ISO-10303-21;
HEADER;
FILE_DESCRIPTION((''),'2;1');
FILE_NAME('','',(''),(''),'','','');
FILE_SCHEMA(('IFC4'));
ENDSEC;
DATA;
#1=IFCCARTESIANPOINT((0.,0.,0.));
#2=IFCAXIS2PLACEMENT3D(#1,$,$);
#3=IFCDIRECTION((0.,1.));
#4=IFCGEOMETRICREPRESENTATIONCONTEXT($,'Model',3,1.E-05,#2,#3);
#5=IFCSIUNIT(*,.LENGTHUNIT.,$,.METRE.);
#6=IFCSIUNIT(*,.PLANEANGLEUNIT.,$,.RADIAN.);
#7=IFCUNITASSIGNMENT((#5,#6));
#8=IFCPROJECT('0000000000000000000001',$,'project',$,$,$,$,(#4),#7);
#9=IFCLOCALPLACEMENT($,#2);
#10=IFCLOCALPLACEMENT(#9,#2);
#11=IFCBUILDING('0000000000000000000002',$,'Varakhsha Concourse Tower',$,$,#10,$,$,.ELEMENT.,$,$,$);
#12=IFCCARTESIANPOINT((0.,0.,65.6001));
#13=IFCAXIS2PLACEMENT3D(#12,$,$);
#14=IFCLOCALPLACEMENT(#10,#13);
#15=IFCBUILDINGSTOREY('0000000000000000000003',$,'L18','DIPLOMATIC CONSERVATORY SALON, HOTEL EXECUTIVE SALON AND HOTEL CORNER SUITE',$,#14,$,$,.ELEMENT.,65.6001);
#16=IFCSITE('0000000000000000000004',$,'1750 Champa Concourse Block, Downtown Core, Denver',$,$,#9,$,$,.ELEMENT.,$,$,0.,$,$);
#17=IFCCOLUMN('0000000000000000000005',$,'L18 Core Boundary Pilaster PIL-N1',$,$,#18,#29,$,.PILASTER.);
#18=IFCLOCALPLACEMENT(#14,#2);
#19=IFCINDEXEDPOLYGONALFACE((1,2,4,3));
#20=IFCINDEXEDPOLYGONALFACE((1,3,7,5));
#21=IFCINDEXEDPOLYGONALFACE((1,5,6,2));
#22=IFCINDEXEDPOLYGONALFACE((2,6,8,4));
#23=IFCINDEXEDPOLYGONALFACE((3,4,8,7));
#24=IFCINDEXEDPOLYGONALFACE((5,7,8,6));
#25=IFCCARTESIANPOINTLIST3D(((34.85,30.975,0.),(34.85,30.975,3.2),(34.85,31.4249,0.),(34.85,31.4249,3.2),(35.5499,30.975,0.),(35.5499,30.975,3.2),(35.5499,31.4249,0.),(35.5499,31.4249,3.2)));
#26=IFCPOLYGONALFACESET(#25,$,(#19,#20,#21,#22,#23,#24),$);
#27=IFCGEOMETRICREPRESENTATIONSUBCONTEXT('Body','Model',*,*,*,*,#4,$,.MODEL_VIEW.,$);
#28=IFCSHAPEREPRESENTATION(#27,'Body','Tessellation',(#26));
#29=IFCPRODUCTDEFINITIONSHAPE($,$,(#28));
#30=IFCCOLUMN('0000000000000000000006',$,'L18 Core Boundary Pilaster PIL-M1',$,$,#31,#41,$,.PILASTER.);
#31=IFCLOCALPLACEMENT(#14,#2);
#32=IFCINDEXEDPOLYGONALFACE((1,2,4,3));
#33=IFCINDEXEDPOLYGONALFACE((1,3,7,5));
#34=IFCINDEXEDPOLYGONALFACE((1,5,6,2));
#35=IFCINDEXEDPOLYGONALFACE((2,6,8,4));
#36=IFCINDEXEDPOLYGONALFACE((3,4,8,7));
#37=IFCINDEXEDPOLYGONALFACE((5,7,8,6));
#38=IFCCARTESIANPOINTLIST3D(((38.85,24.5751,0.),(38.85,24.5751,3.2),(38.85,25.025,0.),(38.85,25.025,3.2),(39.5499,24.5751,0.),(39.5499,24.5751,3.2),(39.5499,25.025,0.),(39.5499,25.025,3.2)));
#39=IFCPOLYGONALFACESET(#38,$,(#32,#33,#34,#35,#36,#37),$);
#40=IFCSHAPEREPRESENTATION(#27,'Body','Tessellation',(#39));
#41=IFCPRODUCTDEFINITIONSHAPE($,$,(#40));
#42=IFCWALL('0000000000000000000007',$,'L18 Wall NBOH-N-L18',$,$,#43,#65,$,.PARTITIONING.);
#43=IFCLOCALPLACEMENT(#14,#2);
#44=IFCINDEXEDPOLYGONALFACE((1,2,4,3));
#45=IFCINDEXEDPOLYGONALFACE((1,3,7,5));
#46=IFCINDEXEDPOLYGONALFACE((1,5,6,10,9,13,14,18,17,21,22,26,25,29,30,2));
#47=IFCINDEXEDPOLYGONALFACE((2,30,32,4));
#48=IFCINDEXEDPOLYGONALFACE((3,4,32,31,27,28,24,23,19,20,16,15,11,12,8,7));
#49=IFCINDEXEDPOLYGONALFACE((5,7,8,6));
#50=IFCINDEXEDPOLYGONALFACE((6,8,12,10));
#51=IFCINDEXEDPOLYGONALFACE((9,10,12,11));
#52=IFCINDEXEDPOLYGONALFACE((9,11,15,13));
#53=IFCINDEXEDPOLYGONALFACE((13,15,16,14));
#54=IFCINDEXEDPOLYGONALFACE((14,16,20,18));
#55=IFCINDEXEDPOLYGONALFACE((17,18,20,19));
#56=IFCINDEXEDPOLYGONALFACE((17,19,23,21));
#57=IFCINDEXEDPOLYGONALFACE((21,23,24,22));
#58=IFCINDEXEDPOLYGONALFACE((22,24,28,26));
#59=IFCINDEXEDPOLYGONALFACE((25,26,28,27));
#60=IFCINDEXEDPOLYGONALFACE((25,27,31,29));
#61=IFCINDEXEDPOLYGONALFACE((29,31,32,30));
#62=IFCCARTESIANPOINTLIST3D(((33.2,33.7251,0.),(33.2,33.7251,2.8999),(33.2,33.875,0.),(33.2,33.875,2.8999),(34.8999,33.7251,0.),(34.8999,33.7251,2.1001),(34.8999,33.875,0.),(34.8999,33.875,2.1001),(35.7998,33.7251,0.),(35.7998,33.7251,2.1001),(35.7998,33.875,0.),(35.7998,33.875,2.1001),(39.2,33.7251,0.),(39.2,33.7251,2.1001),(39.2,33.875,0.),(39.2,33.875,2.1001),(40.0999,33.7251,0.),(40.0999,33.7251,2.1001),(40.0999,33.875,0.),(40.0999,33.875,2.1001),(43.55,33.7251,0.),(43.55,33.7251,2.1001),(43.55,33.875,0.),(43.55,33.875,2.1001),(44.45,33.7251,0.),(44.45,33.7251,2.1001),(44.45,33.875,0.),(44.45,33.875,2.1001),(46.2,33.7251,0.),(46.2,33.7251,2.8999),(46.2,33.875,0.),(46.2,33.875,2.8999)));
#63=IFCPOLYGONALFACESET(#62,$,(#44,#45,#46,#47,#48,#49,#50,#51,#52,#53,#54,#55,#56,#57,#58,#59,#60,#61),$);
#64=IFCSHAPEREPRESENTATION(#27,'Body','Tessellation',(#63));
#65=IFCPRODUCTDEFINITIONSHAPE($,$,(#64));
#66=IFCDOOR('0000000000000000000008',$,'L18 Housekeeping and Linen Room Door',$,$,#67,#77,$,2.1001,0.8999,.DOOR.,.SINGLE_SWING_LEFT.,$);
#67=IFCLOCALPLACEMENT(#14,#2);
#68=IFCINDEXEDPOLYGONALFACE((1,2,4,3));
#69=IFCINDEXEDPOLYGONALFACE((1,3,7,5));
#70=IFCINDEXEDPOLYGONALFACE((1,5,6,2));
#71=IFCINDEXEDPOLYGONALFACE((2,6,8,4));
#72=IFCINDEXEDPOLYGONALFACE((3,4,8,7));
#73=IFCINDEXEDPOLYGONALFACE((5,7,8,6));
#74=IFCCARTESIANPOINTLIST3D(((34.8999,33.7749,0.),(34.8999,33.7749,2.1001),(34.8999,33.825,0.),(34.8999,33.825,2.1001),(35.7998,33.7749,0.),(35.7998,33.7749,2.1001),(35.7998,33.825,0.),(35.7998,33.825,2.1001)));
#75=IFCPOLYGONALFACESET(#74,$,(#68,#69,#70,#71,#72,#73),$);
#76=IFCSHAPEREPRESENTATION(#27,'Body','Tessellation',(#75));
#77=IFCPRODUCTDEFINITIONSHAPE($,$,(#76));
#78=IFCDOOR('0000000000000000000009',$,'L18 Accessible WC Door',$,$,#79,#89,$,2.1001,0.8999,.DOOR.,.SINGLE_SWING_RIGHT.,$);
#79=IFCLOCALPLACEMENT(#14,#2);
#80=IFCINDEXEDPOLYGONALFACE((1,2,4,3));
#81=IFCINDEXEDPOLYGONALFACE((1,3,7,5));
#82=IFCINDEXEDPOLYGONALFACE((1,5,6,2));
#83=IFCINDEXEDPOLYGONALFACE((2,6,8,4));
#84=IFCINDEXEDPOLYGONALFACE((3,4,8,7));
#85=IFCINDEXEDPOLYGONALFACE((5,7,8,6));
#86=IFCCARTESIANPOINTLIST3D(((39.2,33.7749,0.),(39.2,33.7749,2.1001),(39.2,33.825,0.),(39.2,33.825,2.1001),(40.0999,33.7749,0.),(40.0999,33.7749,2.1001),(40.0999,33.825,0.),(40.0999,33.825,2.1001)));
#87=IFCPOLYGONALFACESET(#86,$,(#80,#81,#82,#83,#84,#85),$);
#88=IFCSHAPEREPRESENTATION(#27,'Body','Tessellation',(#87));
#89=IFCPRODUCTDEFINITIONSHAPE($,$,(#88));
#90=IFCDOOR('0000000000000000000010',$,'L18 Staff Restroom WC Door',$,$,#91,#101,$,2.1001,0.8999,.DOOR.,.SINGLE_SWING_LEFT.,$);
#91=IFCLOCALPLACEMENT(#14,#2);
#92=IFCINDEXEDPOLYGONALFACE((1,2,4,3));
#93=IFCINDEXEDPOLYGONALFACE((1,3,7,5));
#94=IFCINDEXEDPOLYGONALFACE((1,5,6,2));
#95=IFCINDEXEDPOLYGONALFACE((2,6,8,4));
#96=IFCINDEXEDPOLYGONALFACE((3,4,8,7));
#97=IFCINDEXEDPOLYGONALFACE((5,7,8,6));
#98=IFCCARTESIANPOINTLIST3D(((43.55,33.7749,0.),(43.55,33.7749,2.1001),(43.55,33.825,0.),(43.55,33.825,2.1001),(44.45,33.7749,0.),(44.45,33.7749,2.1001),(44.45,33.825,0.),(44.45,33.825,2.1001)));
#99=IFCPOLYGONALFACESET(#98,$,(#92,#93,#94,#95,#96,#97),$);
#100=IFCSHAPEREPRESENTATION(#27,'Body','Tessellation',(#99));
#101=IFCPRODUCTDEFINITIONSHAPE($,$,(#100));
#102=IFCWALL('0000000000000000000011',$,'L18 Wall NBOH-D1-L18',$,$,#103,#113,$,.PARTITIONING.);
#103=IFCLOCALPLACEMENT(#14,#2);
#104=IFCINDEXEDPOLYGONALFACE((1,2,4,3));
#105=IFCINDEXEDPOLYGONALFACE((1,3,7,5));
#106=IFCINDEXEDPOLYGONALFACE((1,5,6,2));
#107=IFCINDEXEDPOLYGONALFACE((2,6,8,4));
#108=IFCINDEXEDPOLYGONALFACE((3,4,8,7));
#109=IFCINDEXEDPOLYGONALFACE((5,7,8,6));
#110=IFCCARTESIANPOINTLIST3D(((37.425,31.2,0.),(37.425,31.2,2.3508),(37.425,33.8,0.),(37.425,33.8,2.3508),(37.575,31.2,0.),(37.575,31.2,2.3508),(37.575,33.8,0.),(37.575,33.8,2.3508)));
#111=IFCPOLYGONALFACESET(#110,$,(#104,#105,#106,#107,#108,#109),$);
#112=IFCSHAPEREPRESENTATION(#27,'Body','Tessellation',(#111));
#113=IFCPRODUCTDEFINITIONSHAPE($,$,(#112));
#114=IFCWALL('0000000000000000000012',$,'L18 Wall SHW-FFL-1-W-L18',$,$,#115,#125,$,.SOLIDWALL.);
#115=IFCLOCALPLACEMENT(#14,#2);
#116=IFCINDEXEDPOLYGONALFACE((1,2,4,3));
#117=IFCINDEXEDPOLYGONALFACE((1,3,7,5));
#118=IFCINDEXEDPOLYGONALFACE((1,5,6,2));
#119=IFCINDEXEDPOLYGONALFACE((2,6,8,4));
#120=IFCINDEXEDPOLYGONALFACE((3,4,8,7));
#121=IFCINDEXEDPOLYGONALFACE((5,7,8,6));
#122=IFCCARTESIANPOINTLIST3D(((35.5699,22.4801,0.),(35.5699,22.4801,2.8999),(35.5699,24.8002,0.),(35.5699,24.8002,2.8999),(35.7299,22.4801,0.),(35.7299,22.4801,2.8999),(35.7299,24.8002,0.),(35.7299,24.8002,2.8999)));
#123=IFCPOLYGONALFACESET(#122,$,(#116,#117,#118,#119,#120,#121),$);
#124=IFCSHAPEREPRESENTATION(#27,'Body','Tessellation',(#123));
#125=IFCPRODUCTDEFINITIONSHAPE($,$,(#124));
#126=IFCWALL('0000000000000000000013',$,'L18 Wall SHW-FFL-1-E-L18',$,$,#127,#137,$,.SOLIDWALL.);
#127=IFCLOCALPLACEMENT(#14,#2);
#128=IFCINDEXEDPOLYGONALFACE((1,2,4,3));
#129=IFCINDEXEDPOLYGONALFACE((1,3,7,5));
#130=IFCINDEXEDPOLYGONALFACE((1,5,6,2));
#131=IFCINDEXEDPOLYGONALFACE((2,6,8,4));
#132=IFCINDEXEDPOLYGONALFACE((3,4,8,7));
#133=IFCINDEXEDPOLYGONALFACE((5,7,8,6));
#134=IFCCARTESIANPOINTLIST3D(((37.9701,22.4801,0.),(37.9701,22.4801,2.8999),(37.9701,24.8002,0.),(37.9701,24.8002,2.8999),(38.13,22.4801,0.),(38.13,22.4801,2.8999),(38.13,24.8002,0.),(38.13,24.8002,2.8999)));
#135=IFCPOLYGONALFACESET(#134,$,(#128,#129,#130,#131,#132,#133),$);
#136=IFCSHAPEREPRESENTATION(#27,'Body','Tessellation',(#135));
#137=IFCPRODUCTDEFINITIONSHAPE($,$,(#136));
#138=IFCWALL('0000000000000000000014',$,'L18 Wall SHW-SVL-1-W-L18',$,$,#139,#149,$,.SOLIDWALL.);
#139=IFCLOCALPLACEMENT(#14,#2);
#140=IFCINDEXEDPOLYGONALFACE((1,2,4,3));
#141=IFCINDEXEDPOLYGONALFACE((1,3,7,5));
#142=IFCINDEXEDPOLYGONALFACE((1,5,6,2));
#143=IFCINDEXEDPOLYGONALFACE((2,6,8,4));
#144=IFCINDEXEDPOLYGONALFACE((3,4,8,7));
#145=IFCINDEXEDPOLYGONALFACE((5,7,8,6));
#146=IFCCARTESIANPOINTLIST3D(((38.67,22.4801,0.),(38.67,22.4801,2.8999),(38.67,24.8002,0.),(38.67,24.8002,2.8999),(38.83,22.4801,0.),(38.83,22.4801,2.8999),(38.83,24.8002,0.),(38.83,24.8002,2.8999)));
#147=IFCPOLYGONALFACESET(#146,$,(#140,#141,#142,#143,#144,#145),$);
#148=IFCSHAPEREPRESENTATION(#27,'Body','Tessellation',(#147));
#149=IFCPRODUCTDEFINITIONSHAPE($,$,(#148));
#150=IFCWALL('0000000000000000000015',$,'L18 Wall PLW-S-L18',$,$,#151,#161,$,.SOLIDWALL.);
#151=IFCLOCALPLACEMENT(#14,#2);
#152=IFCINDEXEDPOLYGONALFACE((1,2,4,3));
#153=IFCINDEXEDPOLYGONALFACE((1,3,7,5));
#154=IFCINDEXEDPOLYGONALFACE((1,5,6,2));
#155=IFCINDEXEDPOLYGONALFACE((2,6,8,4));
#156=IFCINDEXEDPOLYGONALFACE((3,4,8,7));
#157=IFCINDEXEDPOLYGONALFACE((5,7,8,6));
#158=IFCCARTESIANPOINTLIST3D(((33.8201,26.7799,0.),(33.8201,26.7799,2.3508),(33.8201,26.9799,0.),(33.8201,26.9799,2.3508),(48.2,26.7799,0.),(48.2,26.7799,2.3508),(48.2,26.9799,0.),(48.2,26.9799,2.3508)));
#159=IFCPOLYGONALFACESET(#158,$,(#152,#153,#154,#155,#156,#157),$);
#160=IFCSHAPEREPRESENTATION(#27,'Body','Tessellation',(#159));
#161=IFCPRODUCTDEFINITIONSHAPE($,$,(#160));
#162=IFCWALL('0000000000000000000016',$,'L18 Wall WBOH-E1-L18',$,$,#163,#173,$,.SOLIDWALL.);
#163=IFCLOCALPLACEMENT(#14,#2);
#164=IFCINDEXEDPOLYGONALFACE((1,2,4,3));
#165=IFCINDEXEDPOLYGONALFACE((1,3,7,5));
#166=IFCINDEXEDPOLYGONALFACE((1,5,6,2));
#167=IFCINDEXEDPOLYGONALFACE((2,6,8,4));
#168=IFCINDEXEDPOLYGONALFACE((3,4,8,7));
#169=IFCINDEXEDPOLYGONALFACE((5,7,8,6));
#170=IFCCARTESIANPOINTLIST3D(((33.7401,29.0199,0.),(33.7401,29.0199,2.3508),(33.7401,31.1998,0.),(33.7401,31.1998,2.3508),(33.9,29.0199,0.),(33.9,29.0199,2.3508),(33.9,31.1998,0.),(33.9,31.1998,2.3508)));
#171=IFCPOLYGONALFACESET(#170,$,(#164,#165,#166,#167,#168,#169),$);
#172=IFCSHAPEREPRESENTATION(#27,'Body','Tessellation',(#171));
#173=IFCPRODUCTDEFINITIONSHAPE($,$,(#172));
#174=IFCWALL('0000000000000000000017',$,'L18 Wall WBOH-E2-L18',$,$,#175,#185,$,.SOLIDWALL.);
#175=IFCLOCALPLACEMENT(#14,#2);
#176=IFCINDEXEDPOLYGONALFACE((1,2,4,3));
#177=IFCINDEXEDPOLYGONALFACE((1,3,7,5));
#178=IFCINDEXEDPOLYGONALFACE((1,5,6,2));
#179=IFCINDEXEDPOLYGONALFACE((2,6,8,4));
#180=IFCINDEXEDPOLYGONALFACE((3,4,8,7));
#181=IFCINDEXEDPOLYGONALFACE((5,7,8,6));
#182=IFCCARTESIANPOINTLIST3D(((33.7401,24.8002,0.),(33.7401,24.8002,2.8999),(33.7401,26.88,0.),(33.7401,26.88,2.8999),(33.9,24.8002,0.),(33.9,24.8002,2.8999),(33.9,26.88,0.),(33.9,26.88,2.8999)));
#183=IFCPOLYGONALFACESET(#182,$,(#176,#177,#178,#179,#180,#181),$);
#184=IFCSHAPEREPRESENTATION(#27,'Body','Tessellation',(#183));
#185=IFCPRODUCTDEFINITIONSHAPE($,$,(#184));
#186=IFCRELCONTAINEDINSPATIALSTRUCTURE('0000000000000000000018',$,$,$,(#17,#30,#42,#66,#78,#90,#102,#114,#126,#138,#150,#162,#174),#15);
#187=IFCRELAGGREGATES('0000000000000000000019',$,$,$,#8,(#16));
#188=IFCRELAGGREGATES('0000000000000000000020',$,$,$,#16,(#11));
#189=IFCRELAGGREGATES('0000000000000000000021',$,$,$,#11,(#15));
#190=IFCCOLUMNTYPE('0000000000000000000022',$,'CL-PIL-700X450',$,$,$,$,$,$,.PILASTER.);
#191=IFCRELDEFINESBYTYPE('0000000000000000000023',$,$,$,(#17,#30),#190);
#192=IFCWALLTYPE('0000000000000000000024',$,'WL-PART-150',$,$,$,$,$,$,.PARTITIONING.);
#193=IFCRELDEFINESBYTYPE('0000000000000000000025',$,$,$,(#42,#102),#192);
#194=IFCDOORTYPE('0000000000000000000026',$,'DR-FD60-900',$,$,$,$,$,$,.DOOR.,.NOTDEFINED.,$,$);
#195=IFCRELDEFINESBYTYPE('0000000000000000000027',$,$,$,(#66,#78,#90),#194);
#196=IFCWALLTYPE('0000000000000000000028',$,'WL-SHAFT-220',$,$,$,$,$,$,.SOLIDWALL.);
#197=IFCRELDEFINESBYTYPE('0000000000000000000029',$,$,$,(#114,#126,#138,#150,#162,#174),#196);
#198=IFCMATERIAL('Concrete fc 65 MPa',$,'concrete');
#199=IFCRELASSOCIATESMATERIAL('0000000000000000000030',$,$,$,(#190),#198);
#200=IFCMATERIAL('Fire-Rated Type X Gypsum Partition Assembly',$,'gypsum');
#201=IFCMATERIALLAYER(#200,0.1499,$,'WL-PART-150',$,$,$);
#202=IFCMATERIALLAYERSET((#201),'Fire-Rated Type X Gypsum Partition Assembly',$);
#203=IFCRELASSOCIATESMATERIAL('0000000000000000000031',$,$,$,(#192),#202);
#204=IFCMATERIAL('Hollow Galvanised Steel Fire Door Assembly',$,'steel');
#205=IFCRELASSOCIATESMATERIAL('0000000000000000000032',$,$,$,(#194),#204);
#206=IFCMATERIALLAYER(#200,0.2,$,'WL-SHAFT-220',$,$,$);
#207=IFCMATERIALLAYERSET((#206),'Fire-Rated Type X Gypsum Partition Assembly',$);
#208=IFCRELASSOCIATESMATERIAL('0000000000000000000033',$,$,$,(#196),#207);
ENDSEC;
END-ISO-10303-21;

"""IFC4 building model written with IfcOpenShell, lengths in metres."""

from ifc_helpers import new_model, si_unit, direction, frame, frame_2d, origin, origin_2d, place, context, subcontext, project, spatial, rectangle, extrude, material, layer, layer_set, material_profile, profile_set, type_object, element, fill, save


model = new_model("IFC4")

# Units and contexts
model_context = context("Model", 3, precision=1e-05, world=origin(), true_north=direction((0.0, 1.0)))
body_context = subcontext(model_context, "Body", "Model", "MODEL_VIEW")
ifc_project = project(units=[si_unit("LENGTHUNIT", "METRE"), si_unit("PLANEANGLEUNIT", "RADIAN")], contexts=[model_context])

# Site, building, storey
site_placement = place(None, origin())
site = spatial("IfcSite", under=ifc_project, at=site_placement, Name="1750 Champa Concourse Block, Downtown Core, Denver", CompositionType="ELEMENT", RefElevation=0.0)
building_placement = place(site_placement, origin())
building = spatial("IfcBuilding", under=site, at=building_placement, Name="Varakhsha Concourse Tower", CompositionType="ELEMENT")
storey_placement = place(building_placement, frame((0.0, 0.0, 65.6001)))
storey = spatial("IfcBuildingStorey", under=building, at=storey_placement, Name="L18", Description="DIPLOMATIC CONSERVATORY SALON, HOTEL EXECUTIVE SALON AND HOTEL CORNER SUITE", CompositionType="ELEMENT", Elevation=65.6001)

# Columns
ifc_material_1 = material(Name="Concrete fc 65 MPa", Category="concrete")
ifc_material_profile = material_profile(ifc_material_1, rectangle(XDim=0.7, YDim=0.45, at=origin_2d()), Name="RC 700x450")
ifc_profile_set = profile_set([ifc_material_profile], Name="Concrete fc 65 MPa")
column_type = type_object("IfcColumnType", Name="CL-PIL-700X450", PredefinedType="PILASTER", material=ifc_profile_set)
for number, where, z_axis, x_axis, name in (
    (1, (35.2, 31.2, 0.0), (0.0, 0.0, 1.0), (1.0, 0.0, 0.0), "L18 Core Boundary Pilaster PIL-N1"),
    (2, (39.2, 24.8, 0.0), (0.0, 0.0, 1.0), (1.0, 0.0, 0.0), "L18 Core Boundary Pilaster PIL-M1"),
):
    element("IfcColumn", number, at=place(storey_placement, frame(where, z_axis=z_axis, x_axis=x_axis)), inside=storey, type_object=column_type, Name=name, PredefinedType="PILASTER", context=body_context, shape_type="SweptSolid", body=[
        extrude(rectangle(XDim=0.7, YDim=0.45, at=origin_2d()), origin(), (0.0, 0.0, 1.0), 3.2),
    ])

# Wall, openings, doors
ifc_material_2 = material(Name="Fire-Rated Type X Gypsum Partition Assembly", Category="gypsum")
ifc_layer_1 = layer(ifc_material_2, 0.1499, Name="WL-PART-150")
ifc_layer_set_1 = layer_set([ifc_layer_1], Name="Fire-Rated Type X Gypsum Partition Assembly")
wall_type_1 = type_object("IfcWallType", Name="WL-PART-150", PredefinedType="PARTITIONING", material=ifc_layer_set_1)
wall_1_placement = place(storey_placement, frame((33.2, 33.8, 0.0), z_axis=(0.0, 0.0, 1.0), x_axis=(1.0, 0.0, 0.0)))
wall_1 = element("IfcWall", 3, at=wall_1_placement, inside=storey, type_object=wall_type_1, Name="L18 Wall NBOH-N-L18", PredefinedType="PARTITIONING", context=body_context, shape_type="SweptSolid", body=[
    extrude(rectangle(XDim=13.0, YDim=0.1499, at=frame_2d((6.5, 0.0))), origin(), (0.0, 0.0, 1.0), 2.8999),
])
opening_1_placement = place(wall_1_placement, frame((1.7, 0.0, 0.0)))
opening_1 = element("IfcOpeningElement", 4, at=opening_1_placement, cuts=wall_1, PredefinedType="OPENING", context=body_context, shape_type="SweptSolid", body=[
    extrude(rectangle(XDim=0.8999, YDim=2.1001, at=frame_2d((0.45, 1.05))), frame((0.0, 0.085, 0.0), z_axis=(0.0, -1.0, 0.0), x_axis=(1.0, 0.0, 0.0)), (0.0, 0.0, 1.0), 0.1699),
])
opening_2_placement = place(wall_1_placement, frame((6.0, 0.0, 0.0)))
opening_2 = element("IfcOpeningElement", 5, at=opening_2_placement, cuts=wall_1, PredefinedType="OPENING", context=body_context, shape_type="SweptSolid", body=[
    extrude(rectangle(XDim=0.8999, YDim=2.1001, at=frame_2d((0.45, 1.05))), frame((0.0, 0.085, 0.0), z_axis=(0.0, -1.0, 0.0), x_axis=(1.0, 0.0, 0.0)), (0.0, 0.0, 1.0), 0.1699),
])
opening_3_placement = place(wall_1_placement, frame((10.3501, 0.0, 0.0)))
opening_3 = element("IfcOpeningElement", 6, at=opening_3_placement, cuts=wall_1, PredefinedType="OPENING", context=body_context, shape_type="SweptSolid", body=[
    extrude(rectangle(XDim=0.8999, YDim=2.1001, at=frame_2d((0.45, 1.05))), frame((0.0, 0.085, 0.0), z_axis=(0.0, -1.0, 0.0), x_axis=(1.0, 0.0, 0.0)), (0.0, 0.0, 1.0), 0.1699),
])
ifc_material_3 = material(Name="Hollow Galvanised Steel Fire Door Assembly", Category="steel")
door_type_1 = type_object("IfcDoorType", Name="DR-FD60-900", OperationType="NOTDEFINED", PredefinedType="DOOR", material=ifc_material_3)
door_1_placement = place(opening_1_placement, origin())
door_1 = element("IfcDoor", 7, at=door_1_placement, inside=storey, type_object=door_type_1, Name="L18 Housekeeping and Linen Room Door", OperationType="SINGLE_SWING_LEFT", OverallHeight=2.1001, OverallWidth=0.8999, PredefinedType="DOOR", context=body_context, shape_type="SweptSolid", body=[
    extrude(rectangle(XDim=0.8999, YDim=2.1001, at=frame_2d((0.45, 1.05))), frame((0.0, 0.0249, 0.0), z_axis=(0.0, -1.0, 0.0), x_axis=(1.0, 0.0, 0.0)), (0.0, 0.0, 1.0), 0.05),
])
fill(opening_1, door_1)
door_2_placement = place(opening_2_placement, origin())
door_2 = element("IfcDoor", 8, at=door_2_placement, inside=storey, type_object=door_type_1, Name="L18 Accessible WC Door", OperationType="SINGLE_SWING_RIGHT", OverallHeight=2.1001, OverallWidth=0.8999, PredefinedType="DOOR", context=body_context, shape_type="SweptSolid", body=[
    extrude(rectangle(XDim=0.8999, YDim=2.1001, at=frame_2d((0.45, 1.05))), frame((0.0, 0.0249, 0.0), z_axis=(0.0, -1.0, 0.0), x_axis=(1.0, 0.0, 0.0)), (0.0, 0.0, 1.0), 0.05),
])
fill(opening_2, door_2)
door_3_placement = place(opening_3_placement, origin())
door_3 = element("IfcDoor", 9, at=door_3_placement, inside=storey, type_object=door_type_1, Name="L18 Staff Restroom WC Door", OperationType="SINGLE_SWING_LEFT", OverallHeight=2.1001, OverallWidth=0.8999, PredefinedType="DOOR", context=body_context, shape_type="SweptSolid", body=[
    extrude(rectangle(XDim=0.8999, YDim=2.1001, at=frame_2d((0.45, 1.05))), frame((0.0, 0.0249, 0.0), z_axis=(0.0, -1.0, 0.0), x_axis=(1.0, 0.0, 0.0)), (0.0, 0.0, 1.0), 0.05),
])
fill(opening_3, door_3)

# Wall
wall_2_placement = place(storey_placement, frame((37.5, 31.2, 0.0), z_axis=(0.0, 0.0, 1.0), x_axis=(0.0, 1.0, 0.0)))
element("IfcWall", 10, at=wall_2_placement, inside=storey, type_object=wall_type_1, Name="L18 Wall NBOH-D1-L18", PredefinedType="PARTITIONING", context=body_context, shape_type="SweptSolid", body=[
    extrude(rectangle(XDim=2.6001, YDim=0.1499, at=frame_2d((1.3, 0.0))), origin(), (0.0, 0.0, 1.0), 2.3508),
])

# Shared definitions
ifc_layer_2 = layer(ifc_material_2, 0.2, Name="WL-SHAFT-220")
ifc_layer_set_2 = layer_set([ifc_layer_2], Name="Fire-Rated Type X Gypsum Partition Assembly")
wall_type_2 = type_object("IfcWallType", Name="WL-SHAFT-220", PredefinedType="SOLIDWALL", material=ifc_layer_set_2)

# Walls
for number, where, z_axis, x_axis, name in (
    (11, (35.6499, 22.48, 0.0), (0.0, 0.0, 1.0), (0.0, 1.0, 0.0), "L18 Wall SHW-FFL-1-W-L18"),
    (12, (38.05, 22.48, 0.0), (0.0, 0.0, 1.0), (0.0, 1.0, 0.0), "L18 Wall SHW-FFL-1-E-L18"),
    (13, (38.75, 22.48, 0.0), (0.0, 0.0, 1.0), (0.0, 1.0, 0.0), "L18 Wall SHW-SVL-1-W-L18"),
):
    element("IfcWall", number, at=place(storey_placement, frame(where, z_axis=z_axis, x_axis=x_axis)), inside=storey, type_object=wall_type_2, Name=name, PredefinedType="SOLIDWALL", context=body_context, shape_type="SweptSolid", body=[
        extrude(rectangle(XDim=2.3201, YDim=0.1599, at=frame_2d((1.1602, 0.0))), origin(), (0.0, 0.0, 1.0), 2.8999),
    ])
wall_3_placement = place(storey_placement, frame((33.8201, 26.8799, 0.0), z_axis=(0.0, 0.0, 1.0), x_axis=(1.0, 0.0, 0.0)))
element("IfcWall", 14, at=wall_3_placement, inside=storey, type_object=wall_type_2, Name="L18 Wall PLW-S-L18", PredefinedType="SOLIDWALL", context=body_context, shape_type="SweptSolid", body=[
    extrude(rectangle(XDim=14.3799, YDim=0.2, at=frame_2d((7.1899, 0.0))), origin(), (0.0, 0.0, 1.0), 2.3508),
])
wall_4_placement = place(storey_placement, frame((33.8201, 29.02, 0.0), z_axis=(0.0, 0.0, 1.0), x_axis=(0.0, 1.0, 0.0)))
element("IfcWall", 15, at=wall_4_placement, inside=storey, type_object=wall_type_2, Name="L18 Wall WBOH-E1-L18", PredefinedType="SOLIDWALL", context=body_context, shape_type="SweptSolid", body=[
    extrude(rectangle(XDim=2.1799, YDim=0.1599, at=frame_2d((1.0898, 0.0))), origin(), (0.0, 0.0, 1.0), 2.3508),
])
wall_5_placement = place(storey_placement, frame((33.8201, 24.8, 0.0), z_axis=(0.0, 0.0, 1.0), x_axis=(0.0, 1.0, 0.0)))
element("IfcWall", 16, at=wall_5_placement, inside=storey, type_object=wall_type_2, Name="L18 Wall WBOH-E2-L18", PredefinedType="SOLIDWALL", context=body_context, shape_type="SweptSolid", body=[
    extrude(rectangle(XDim=2.0798, YDim=0.1599, at=frame_2d((1.04, 0.0))), origin(), (0.0, 0.0, 1.0), 2.8999),
])

save(model, "model.ifc")
